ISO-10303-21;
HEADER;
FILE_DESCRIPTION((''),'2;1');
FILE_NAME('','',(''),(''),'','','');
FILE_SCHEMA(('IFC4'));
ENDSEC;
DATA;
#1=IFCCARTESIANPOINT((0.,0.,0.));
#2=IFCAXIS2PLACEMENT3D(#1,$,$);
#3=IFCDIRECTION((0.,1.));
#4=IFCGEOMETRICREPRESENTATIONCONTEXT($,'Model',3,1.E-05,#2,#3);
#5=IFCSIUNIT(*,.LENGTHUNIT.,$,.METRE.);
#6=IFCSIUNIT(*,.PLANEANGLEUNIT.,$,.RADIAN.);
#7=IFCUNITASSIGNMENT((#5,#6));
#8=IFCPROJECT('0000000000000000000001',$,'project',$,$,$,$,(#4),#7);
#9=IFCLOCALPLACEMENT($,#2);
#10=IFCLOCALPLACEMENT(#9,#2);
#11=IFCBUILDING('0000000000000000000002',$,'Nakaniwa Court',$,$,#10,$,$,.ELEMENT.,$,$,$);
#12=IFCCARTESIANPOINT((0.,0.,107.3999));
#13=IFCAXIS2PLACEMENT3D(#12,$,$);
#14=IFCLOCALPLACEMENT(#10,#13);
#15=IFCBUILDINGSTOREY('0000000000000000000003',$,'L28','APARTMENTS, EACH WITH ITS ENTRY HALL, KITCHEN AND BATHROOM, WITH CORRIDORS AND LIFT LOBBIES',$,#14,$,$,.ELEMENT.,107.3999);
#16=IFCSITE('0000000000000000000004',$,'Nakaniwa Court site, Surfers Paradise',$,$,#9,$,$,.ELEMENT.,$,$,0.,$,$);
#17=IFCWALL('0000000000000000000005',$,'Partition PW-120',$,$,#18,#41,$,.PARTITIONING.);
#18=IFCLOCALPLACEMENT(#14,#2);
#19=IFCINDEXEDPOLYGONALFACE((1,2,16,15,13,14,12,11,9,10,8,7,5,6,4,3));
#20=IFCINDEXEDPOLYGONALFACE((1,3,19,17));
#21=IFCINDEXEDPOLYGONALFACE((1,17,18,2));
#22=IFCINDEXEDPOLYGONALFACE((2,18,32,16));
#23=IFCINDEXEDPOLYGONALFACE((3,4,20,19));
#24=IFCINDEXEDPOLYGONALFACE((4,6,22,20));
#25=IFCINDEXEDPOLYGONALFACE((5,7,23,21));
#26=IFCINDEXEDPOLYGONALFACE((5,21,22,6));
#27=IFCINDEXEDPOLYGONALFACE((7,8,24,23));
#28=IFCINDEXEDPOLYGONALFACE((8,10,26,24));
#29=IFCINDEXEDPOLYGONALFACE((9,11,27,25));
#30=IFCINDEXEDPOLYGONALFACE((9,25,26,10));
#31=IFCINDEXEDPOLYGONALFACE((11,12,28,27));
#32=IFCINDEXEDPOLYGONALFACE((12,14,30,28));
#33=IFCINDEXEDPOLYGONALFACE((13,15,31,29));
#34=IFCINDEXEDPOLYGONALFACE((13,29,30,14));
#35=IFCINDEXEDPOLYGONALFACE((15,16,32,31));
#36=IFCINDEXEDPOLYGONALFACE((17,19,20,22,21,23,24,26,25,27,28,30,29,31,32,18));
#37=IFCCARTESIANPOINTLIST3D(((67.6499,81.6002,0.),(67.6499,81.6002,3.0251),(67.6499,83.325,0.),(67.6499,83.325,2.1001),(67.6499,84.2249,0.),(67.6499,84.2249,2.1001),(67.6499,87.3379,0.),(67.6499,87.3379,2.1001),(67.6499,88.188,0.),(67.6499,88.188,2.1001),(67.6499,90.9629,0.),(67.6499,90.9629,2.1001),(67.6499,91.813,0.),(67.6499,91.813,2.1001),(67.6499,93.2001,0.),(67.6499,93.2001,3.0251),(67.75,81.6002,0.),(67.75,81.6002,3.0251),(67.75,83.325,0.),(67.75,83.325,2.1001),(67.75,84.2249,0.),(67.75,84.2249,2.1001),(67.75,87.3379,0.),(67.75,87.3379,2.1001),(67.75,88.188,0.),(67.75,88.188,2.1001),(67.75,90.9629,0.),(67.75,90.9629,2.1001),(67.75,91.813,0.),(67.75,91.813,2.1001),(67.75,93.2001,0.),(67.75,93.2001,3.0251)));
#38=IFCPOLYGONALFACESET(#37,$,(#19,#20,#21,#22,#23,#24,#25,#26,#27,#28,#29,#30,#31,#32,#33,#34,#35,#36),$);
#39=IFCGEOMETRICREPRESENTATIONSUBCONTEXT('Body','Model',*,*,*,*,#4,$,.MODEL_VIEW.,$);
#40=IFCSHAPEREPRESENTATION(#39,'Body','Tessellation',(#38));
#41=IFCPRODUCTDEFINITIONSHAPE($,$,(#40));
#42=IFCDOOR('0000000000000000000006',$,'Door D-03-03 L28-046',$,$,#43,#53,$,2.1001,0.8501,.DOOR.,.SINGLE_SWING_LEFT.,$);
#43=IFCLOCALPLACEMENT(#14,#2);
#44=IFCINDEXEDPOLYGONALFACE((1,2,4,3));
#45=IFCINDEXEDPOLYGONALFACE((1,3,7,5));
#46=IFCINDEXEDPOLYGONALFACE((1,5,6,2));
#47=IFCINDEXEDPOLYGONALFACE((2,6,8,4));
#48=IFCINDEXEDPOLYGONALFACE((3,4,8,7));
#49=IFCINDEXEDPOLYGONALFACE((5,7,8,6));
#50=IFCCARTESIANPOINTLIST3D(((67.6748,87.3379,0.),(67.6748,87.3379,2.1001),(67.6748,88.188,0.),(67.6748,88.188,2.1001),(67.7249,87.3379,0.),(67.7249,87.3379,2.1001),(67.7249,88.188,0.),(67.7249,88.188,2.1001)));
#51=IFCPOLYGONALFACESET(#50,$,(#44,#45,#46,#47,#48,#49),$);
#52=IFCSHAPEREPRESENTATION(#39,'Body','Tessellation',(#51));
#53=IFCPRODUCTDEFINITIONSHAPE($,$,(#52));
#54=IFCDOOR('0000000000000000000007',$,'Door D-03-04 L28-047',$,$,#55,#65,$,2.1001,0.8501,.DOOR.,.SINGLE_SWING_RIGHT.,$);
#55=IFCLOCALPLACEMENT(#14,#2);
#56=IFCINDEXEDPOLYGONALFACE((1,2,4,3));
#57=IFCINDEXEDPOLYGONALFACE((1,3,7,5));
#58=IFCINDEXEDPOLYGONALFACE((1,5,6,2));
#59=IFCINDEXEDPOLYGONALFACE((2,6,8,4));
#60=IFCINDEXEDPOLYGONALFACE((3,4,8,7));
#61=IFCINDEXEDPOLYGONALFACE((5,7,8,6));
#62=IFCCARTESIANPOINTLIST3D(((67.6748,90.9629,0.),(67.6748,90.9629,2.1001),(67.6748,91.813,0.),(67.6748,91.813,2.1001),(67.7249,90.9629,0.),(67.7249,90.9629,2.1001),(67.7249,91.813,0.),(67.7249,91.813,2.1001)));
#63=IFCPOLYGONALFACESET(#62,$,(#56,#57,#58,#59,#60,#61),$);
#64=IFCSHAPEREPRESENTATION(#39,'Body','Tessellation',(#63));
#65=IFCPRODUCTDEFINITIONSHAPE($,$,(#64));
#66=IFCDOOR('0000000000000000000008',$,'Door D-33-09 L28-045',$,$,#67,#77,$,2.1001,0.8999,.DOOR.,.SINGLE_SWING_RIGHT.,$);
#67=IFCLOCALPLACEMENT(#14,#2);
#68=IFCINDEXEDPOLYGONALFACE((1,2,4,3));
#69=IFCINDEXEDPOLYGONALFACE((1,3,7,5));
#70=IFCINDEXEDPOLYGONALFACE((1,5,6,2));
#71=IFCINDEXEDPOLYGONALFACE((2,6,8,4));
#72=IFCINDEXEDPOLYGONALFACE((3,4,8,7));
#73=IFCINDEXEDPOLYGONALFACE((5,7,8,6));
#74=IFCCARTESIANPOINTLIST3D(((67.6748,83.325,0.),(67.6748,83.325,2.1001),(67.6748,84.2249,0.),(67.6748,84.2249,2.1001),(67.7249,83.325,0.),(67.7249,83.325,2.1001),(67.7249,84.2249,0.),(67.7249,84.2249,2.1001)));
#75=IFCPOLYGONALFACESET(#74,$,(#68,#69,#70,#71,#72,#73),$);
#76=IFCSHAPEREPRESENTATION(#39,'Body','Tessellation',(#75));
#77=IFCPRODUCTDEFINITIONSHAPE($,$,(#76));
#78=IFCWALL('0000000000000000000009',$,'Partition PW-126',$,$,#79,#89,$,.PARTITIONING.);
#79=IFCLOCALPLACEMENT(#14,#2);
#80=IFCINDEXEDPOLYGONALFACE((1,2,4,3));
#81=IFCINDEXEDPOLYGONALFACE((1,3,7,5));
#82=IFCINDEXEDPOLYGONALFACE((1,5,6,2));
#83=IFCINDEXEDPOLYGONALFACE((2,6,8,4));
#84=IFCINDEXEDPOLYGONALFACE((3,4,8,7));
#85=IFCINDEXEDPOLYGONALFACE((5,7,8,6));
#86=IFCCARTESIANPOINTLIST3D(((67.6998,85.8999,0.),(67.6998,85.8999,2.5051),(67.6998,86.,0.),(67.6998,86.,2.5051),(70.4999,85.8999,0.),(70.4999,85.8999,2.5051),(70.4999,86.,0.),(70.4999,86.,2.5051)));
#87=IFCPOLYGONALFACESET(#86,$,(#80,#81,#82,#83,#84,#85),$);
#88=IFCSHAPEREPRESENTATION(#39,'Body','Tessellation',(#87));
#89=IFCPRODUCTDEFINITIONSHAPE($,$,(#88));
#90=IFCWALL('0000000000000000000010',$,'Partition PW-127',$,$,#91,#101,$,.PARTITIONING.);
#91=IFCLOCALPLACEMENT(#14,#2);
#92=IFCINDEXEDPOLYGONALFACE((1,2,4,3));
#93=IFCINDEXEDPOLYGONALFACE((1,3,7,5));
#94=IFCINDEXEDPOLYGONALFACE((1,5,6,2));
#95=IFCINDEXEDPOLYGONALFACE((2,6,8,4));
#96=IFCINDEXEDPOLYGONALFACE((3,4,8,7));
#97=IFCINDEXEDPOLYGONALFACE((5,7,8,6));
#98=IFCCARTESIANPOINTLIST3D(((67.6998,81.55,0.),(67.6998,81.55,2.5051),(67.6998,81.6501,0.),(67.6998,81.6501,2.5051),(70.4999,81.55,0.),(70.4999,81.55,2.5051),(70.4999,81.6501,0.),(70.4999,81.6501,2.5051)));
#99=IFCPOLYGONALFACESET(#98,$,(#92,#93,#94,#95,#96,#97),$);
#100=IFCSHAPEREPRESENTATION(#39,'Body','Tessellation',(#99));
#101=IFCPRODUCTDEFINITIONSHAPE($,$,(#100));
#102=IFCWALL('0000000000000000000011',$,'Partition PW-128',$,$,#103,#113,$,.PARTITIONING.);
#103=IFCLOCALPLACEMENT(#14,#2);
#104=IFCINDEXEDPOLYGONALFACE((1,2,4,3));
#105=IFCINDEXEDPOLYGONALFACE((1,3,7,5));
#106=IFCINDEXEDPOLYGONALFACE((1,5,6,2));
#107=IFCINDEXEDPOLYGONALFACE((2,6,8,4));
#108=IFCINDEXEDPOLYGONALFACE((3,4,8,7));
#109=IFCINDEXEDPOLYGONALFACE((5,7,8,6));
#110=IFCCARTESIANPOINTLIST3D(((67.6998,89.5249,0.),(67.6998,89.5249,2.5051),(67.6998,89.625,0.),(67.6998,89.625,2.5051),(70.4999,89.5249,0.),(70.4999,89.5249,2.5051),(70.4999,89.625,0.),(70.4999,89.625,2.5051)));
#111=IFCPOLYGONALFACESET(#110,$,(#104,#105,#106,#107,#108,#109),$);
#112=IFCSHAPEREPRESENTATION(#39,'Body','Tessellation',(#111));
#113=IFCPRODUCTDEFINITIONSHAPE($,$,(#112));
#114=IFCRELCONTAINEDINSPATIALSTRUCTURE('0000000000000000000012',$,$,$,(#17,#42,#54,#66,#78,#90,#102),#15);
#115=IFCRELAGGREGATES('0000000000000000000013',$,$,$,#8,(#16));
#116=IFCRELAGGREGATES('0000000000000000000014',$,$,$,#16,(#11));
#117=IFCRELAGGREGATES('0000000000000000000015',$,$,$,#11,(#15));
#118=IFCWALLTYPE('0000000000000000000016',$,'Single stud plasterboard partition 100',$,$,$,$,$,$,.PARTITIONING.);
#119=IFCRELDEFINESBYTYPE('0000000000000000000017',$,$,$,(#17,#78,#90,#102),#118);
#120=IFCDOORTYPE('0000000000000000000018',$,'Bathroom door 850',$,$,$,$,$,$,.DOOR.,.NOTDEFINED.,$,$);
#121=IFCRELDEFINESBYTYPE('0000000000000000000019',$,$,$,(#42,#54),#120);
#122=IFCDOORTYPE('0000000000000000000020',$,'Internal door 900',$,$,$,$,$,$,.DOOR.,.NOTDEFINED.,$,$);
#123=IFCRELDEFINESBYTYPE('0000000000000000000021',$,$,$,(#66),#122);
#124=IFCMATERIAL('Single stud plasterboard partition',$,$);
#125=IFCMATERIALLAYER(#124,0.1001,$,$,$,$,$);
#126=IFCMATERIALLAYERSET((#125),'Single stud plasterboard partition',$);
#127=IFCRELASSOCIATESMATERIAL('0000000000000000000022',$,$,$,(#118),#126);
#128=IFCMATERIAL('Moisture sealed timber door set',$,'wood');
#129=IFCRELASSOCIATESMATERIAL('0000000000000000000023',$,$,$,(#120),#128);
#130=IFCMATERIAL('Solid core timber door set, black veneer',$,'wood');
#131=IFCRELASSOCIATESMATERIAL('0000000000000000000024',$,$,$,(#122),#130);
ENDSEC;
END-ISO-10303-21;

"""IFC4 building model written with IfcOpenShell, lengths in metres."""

from ifc_helpers import new_model, si_unit, direction, frame, frame_2d, origin, place, context, subcontext, project, spatial, rectangle, extrude, material, layer, layer_set, type_object, element, fill, save


model = new_model("IFC4")

# Units and contexts
model_context = context("Model", 3, precision=1e-05, world=origin(), true_north=direction((0.0, 1.0)))
body_context = subcontext(model_context, "Body", "Model", "MODEL_VIEW")
ifc_project = project(units=[si_unit("LENGTHUNIT", "METRE"), si_unit("PLANEANGLEUNIT", "RADIAN")], contexts=[model_context])

# Site, building, storey
site_placement = place(None, origin())
site = spatial("IfcSite", under=ifc_project, at=site_placement, Name="Nakaniwa Court site, Surfers Paradise", CompositionType="ELEMENT", RefElevation=0.0)
building_placement = place(site_placement, origin())
building = spatial("IfcBuilding", under=site, at=building_placement, Name="Nakaniwa Court", CompositionType="ELEMENT")
storey_placement = place(building_placement, frame((0.0, 0.0, 107.3999)))
storey = spatial("IfcBuildingStorey", under=building, at=storey_placement, Name="L28", Description="APARTMENTS, EACH WITH ITS ENTRY HALL, KITCHEN AND BATHROOM, WITH CORRIDORS AND LIFT LOBBIES", CompositionType="ELEMENT", Elevation=107.3999)

# Wall, openings, doors
ifc_material_1 = material(Name="Single stud plasterboard partition")
ifc_layer_1 = layer(ifc_material_1, 0.1001)
ifc_layer_set_1 = layer_set([ifc_layer_1], Name="Single stud plasterboard partition")
wall_type_1 = type_object("IfcWallType", Name="Single stud plasterboard partition 100", PredefinedType="PARTITIONING", material=ifc_layer_set_1)
wall_1_placement = place(storey_placement, frame((67.7, 93.2, 0.0), z_axis=(0.0, 0.0, 1.0), x_axis=(0.0, -1.0, 0.0)))
wall_1 = element("IfcWall", 1, at=wall_1_placement, inside=storey, type_object=wall_type_1, Name="Partition PW-120", PredefinedType="PARTITIONING", context=body_context, shape_type="SweptSolid", body=[
    extrude(rectangle(XDim=11.5999, YDim=0.1001, at=frame_2d((5.7998, 0.0))), origin(), (0.0, 0.0, 1.0), 3.0251),
])
opening_1_placement = place(wall_1_placement, frame((8.9751, 0.0, 0.0)))
opening_1 = element("IfcOpeningElement", 2, at=opening_1_placement, cuts=wall_1, PredefinedType="OPENING", context=body_context, shape_type="SweptSolid", body=[
    extrude(rectangle(XDim=0.8999, YDim=2.1001, at=frame_2d((0.45, 1.05))), frame((0.0, 0.0601, 0.0), z_axis=(0.0, -1.0, 0.0), x_axis=(1.0, 0.0, 0.0)), (0.0, 0.0, 1.0), 0.1201),
])
opening_2_placement = place(wall_1_placement, frame((5.012, 0.0, 0.0)))
opening_2 = element("IfcOpeningElement", 3, at=opening_2_placement, cuts=wall_1, PredefinedType="OPENING", context=body_context, shape_type="SweptSolid", body=[
    extrude(rectangle(XDim=0.8501, YDim=2.1001, at=frame_2d((0.425, 1.05))), frame((0.0, 0.0601, 0.0), z_axis=(0.0, -1.0, 0.0), x_axis=(1.0, 0.0, 0.0)), (0.0, 0.0, 1.0), 0.1201),
])
opening_3_placement = place(wall_1_placement, frame((1.387, 0.0, 0.0)))
opening_3 = element("IfcOpeningElement", 4, at=opening_3_placement, cuts=wall_1, PredefinedType="OPENING", context=body_context, shape_type="SweptSolid", body=[
    extrude(rectangle(XDim=0.8501, YDim=2.1001, at=frame_2d((0.425, 1.05))), frame((0.0, 0.0601, 0.0), z_axis=(0.0, -1.0, 0.0), x_axis=(1.0, 0.0, 0.0)), (0.0, 0.0, 1.0), 0.1201),
])
ifc_material_2 = material(Name="Moisture sealed timber door set", Category="wood")
door_type_1 = type_object("IfcDoorType", Name="Bathroom door 850", OperationType="NOTDEFINED", PredefinedType="DOOR", material=ifc_material_2)
door_1_placement = place(opening_2_placement, origin())
door_1 = element("IfcDoor", 5, at=door_1_placement, inside=storey, type_object=door_type_1, Name="Door D-03-03 L28-046", OperationType="SINGLE_SWING_LEFT", OverallHeight=2.1001, OverallWidth=0.8501, PredefinedType="DOOR", context=body_context, shape_type="SweptSolid", body=[
    extrude(rectangle(XDim=0.8501, YDim=2.1001, at=frame_2d((0.425, 1.05))), frame((0.0, 0.0249, 0.0), z_axis=(0.0, -1.0, 0.0), x_axis=(1.0, 0.0, 0.0)), (0.0, 0.0, 1.0), 0.05),
])
fill(opening_2, door_1)
door_2_placement = place(opening_3_placement, origin())
door_2 = element("IfcDoor", 6, at=door_2_placement, inside=storey, type_object=door_type_1, Name="Door D-03-04 L28-047", OperationType="SINGLE_SWING_RIGHT", OverallHeight=2.1001, OverallWidth=0.8501, PredefinedType="DOOR", context=body_context, shape_type="SweptSolid", body=[
    extrude(rectangle(XDim=0.8501, YDim=2.1001, at=frame_2d((0.425, 1.05))), frame((0.0, 0.0249, 0.0), z_axis=(0.0, -1.0, 0.0), x_axis=(1.0, 0.0, 0.0)), (0.0, 0.0, 1.0), 0.05),
])
fill(opening_3, door_2)
ifc_material_3 = material(Name="Solid core timber door set, black veneer", Category="wood")
door_type_2 = type_object("IfcDoorType", Name="Internal door 900", OperationType="NOTDEFINED", PredefinedType="DOOR", material=ifc_material_3)
door_3_placement = place(opening_1_placement, origin())
door_3 = element("IfcDoor", 7, at=door_3_placement, inside=storey, type_object=door_type_2, Name="Door D-33-09 L28-045", OperationType="SINGLE_SWING_RIGHT", OverallHeight=2.1001, OverallWidth=0.8999, PredefinedType="DOOR", context=body_context, shape_type="SweptSolid", body=[
    extrude(rectangle(XDim=0.8999, YDim=2.1001, at=frame_2d((0.45, 1.05))), frame((0.0, 0.0249, 0.0), z_axis=(0.0, -1.0, 0.0), x_axis=(1.0, 0.0, 0.0)), (0.0, 0.0, 1.0), 0.05),
])
fill(opening_1, door_3)

# Walls
for number, where, z_axis, x_axis, name in (
    (8, (67.7, 85.95, 0.0), (0.0, 0.0, 1.0), (1.0, 0.0, 0.0), "Partition PW-126"),
    (9, (67.7, 81.6001, 0.0), (0.0, 0.0, 1.0), (1.0, 0.0, 0.0), "Partition PW-127"),
    (10, (67.7, 89.575, 0.0), (0.0, 0.0, 1.0), (1.0, 0.0, 0.0), "Partition PW-128"),
):
    element("IfcWall", number, at=place(storey_placement, frame(where, z_axis=z_axis, x_axis=x_axis)), inside=storey, type_object=wall_type_1, Name=name, PredefinedType="PARTITIONING", context=body_context, shape_type="SweptSolid", body=[
        extrude(rectangle(XDim=2.8, YDim=0.1001, at=frame_2d((1.3999, 0.0))), origin(), (0.0, 0.0, 1.0), 2.5051),
    ])

save(model, "model.ifc")
